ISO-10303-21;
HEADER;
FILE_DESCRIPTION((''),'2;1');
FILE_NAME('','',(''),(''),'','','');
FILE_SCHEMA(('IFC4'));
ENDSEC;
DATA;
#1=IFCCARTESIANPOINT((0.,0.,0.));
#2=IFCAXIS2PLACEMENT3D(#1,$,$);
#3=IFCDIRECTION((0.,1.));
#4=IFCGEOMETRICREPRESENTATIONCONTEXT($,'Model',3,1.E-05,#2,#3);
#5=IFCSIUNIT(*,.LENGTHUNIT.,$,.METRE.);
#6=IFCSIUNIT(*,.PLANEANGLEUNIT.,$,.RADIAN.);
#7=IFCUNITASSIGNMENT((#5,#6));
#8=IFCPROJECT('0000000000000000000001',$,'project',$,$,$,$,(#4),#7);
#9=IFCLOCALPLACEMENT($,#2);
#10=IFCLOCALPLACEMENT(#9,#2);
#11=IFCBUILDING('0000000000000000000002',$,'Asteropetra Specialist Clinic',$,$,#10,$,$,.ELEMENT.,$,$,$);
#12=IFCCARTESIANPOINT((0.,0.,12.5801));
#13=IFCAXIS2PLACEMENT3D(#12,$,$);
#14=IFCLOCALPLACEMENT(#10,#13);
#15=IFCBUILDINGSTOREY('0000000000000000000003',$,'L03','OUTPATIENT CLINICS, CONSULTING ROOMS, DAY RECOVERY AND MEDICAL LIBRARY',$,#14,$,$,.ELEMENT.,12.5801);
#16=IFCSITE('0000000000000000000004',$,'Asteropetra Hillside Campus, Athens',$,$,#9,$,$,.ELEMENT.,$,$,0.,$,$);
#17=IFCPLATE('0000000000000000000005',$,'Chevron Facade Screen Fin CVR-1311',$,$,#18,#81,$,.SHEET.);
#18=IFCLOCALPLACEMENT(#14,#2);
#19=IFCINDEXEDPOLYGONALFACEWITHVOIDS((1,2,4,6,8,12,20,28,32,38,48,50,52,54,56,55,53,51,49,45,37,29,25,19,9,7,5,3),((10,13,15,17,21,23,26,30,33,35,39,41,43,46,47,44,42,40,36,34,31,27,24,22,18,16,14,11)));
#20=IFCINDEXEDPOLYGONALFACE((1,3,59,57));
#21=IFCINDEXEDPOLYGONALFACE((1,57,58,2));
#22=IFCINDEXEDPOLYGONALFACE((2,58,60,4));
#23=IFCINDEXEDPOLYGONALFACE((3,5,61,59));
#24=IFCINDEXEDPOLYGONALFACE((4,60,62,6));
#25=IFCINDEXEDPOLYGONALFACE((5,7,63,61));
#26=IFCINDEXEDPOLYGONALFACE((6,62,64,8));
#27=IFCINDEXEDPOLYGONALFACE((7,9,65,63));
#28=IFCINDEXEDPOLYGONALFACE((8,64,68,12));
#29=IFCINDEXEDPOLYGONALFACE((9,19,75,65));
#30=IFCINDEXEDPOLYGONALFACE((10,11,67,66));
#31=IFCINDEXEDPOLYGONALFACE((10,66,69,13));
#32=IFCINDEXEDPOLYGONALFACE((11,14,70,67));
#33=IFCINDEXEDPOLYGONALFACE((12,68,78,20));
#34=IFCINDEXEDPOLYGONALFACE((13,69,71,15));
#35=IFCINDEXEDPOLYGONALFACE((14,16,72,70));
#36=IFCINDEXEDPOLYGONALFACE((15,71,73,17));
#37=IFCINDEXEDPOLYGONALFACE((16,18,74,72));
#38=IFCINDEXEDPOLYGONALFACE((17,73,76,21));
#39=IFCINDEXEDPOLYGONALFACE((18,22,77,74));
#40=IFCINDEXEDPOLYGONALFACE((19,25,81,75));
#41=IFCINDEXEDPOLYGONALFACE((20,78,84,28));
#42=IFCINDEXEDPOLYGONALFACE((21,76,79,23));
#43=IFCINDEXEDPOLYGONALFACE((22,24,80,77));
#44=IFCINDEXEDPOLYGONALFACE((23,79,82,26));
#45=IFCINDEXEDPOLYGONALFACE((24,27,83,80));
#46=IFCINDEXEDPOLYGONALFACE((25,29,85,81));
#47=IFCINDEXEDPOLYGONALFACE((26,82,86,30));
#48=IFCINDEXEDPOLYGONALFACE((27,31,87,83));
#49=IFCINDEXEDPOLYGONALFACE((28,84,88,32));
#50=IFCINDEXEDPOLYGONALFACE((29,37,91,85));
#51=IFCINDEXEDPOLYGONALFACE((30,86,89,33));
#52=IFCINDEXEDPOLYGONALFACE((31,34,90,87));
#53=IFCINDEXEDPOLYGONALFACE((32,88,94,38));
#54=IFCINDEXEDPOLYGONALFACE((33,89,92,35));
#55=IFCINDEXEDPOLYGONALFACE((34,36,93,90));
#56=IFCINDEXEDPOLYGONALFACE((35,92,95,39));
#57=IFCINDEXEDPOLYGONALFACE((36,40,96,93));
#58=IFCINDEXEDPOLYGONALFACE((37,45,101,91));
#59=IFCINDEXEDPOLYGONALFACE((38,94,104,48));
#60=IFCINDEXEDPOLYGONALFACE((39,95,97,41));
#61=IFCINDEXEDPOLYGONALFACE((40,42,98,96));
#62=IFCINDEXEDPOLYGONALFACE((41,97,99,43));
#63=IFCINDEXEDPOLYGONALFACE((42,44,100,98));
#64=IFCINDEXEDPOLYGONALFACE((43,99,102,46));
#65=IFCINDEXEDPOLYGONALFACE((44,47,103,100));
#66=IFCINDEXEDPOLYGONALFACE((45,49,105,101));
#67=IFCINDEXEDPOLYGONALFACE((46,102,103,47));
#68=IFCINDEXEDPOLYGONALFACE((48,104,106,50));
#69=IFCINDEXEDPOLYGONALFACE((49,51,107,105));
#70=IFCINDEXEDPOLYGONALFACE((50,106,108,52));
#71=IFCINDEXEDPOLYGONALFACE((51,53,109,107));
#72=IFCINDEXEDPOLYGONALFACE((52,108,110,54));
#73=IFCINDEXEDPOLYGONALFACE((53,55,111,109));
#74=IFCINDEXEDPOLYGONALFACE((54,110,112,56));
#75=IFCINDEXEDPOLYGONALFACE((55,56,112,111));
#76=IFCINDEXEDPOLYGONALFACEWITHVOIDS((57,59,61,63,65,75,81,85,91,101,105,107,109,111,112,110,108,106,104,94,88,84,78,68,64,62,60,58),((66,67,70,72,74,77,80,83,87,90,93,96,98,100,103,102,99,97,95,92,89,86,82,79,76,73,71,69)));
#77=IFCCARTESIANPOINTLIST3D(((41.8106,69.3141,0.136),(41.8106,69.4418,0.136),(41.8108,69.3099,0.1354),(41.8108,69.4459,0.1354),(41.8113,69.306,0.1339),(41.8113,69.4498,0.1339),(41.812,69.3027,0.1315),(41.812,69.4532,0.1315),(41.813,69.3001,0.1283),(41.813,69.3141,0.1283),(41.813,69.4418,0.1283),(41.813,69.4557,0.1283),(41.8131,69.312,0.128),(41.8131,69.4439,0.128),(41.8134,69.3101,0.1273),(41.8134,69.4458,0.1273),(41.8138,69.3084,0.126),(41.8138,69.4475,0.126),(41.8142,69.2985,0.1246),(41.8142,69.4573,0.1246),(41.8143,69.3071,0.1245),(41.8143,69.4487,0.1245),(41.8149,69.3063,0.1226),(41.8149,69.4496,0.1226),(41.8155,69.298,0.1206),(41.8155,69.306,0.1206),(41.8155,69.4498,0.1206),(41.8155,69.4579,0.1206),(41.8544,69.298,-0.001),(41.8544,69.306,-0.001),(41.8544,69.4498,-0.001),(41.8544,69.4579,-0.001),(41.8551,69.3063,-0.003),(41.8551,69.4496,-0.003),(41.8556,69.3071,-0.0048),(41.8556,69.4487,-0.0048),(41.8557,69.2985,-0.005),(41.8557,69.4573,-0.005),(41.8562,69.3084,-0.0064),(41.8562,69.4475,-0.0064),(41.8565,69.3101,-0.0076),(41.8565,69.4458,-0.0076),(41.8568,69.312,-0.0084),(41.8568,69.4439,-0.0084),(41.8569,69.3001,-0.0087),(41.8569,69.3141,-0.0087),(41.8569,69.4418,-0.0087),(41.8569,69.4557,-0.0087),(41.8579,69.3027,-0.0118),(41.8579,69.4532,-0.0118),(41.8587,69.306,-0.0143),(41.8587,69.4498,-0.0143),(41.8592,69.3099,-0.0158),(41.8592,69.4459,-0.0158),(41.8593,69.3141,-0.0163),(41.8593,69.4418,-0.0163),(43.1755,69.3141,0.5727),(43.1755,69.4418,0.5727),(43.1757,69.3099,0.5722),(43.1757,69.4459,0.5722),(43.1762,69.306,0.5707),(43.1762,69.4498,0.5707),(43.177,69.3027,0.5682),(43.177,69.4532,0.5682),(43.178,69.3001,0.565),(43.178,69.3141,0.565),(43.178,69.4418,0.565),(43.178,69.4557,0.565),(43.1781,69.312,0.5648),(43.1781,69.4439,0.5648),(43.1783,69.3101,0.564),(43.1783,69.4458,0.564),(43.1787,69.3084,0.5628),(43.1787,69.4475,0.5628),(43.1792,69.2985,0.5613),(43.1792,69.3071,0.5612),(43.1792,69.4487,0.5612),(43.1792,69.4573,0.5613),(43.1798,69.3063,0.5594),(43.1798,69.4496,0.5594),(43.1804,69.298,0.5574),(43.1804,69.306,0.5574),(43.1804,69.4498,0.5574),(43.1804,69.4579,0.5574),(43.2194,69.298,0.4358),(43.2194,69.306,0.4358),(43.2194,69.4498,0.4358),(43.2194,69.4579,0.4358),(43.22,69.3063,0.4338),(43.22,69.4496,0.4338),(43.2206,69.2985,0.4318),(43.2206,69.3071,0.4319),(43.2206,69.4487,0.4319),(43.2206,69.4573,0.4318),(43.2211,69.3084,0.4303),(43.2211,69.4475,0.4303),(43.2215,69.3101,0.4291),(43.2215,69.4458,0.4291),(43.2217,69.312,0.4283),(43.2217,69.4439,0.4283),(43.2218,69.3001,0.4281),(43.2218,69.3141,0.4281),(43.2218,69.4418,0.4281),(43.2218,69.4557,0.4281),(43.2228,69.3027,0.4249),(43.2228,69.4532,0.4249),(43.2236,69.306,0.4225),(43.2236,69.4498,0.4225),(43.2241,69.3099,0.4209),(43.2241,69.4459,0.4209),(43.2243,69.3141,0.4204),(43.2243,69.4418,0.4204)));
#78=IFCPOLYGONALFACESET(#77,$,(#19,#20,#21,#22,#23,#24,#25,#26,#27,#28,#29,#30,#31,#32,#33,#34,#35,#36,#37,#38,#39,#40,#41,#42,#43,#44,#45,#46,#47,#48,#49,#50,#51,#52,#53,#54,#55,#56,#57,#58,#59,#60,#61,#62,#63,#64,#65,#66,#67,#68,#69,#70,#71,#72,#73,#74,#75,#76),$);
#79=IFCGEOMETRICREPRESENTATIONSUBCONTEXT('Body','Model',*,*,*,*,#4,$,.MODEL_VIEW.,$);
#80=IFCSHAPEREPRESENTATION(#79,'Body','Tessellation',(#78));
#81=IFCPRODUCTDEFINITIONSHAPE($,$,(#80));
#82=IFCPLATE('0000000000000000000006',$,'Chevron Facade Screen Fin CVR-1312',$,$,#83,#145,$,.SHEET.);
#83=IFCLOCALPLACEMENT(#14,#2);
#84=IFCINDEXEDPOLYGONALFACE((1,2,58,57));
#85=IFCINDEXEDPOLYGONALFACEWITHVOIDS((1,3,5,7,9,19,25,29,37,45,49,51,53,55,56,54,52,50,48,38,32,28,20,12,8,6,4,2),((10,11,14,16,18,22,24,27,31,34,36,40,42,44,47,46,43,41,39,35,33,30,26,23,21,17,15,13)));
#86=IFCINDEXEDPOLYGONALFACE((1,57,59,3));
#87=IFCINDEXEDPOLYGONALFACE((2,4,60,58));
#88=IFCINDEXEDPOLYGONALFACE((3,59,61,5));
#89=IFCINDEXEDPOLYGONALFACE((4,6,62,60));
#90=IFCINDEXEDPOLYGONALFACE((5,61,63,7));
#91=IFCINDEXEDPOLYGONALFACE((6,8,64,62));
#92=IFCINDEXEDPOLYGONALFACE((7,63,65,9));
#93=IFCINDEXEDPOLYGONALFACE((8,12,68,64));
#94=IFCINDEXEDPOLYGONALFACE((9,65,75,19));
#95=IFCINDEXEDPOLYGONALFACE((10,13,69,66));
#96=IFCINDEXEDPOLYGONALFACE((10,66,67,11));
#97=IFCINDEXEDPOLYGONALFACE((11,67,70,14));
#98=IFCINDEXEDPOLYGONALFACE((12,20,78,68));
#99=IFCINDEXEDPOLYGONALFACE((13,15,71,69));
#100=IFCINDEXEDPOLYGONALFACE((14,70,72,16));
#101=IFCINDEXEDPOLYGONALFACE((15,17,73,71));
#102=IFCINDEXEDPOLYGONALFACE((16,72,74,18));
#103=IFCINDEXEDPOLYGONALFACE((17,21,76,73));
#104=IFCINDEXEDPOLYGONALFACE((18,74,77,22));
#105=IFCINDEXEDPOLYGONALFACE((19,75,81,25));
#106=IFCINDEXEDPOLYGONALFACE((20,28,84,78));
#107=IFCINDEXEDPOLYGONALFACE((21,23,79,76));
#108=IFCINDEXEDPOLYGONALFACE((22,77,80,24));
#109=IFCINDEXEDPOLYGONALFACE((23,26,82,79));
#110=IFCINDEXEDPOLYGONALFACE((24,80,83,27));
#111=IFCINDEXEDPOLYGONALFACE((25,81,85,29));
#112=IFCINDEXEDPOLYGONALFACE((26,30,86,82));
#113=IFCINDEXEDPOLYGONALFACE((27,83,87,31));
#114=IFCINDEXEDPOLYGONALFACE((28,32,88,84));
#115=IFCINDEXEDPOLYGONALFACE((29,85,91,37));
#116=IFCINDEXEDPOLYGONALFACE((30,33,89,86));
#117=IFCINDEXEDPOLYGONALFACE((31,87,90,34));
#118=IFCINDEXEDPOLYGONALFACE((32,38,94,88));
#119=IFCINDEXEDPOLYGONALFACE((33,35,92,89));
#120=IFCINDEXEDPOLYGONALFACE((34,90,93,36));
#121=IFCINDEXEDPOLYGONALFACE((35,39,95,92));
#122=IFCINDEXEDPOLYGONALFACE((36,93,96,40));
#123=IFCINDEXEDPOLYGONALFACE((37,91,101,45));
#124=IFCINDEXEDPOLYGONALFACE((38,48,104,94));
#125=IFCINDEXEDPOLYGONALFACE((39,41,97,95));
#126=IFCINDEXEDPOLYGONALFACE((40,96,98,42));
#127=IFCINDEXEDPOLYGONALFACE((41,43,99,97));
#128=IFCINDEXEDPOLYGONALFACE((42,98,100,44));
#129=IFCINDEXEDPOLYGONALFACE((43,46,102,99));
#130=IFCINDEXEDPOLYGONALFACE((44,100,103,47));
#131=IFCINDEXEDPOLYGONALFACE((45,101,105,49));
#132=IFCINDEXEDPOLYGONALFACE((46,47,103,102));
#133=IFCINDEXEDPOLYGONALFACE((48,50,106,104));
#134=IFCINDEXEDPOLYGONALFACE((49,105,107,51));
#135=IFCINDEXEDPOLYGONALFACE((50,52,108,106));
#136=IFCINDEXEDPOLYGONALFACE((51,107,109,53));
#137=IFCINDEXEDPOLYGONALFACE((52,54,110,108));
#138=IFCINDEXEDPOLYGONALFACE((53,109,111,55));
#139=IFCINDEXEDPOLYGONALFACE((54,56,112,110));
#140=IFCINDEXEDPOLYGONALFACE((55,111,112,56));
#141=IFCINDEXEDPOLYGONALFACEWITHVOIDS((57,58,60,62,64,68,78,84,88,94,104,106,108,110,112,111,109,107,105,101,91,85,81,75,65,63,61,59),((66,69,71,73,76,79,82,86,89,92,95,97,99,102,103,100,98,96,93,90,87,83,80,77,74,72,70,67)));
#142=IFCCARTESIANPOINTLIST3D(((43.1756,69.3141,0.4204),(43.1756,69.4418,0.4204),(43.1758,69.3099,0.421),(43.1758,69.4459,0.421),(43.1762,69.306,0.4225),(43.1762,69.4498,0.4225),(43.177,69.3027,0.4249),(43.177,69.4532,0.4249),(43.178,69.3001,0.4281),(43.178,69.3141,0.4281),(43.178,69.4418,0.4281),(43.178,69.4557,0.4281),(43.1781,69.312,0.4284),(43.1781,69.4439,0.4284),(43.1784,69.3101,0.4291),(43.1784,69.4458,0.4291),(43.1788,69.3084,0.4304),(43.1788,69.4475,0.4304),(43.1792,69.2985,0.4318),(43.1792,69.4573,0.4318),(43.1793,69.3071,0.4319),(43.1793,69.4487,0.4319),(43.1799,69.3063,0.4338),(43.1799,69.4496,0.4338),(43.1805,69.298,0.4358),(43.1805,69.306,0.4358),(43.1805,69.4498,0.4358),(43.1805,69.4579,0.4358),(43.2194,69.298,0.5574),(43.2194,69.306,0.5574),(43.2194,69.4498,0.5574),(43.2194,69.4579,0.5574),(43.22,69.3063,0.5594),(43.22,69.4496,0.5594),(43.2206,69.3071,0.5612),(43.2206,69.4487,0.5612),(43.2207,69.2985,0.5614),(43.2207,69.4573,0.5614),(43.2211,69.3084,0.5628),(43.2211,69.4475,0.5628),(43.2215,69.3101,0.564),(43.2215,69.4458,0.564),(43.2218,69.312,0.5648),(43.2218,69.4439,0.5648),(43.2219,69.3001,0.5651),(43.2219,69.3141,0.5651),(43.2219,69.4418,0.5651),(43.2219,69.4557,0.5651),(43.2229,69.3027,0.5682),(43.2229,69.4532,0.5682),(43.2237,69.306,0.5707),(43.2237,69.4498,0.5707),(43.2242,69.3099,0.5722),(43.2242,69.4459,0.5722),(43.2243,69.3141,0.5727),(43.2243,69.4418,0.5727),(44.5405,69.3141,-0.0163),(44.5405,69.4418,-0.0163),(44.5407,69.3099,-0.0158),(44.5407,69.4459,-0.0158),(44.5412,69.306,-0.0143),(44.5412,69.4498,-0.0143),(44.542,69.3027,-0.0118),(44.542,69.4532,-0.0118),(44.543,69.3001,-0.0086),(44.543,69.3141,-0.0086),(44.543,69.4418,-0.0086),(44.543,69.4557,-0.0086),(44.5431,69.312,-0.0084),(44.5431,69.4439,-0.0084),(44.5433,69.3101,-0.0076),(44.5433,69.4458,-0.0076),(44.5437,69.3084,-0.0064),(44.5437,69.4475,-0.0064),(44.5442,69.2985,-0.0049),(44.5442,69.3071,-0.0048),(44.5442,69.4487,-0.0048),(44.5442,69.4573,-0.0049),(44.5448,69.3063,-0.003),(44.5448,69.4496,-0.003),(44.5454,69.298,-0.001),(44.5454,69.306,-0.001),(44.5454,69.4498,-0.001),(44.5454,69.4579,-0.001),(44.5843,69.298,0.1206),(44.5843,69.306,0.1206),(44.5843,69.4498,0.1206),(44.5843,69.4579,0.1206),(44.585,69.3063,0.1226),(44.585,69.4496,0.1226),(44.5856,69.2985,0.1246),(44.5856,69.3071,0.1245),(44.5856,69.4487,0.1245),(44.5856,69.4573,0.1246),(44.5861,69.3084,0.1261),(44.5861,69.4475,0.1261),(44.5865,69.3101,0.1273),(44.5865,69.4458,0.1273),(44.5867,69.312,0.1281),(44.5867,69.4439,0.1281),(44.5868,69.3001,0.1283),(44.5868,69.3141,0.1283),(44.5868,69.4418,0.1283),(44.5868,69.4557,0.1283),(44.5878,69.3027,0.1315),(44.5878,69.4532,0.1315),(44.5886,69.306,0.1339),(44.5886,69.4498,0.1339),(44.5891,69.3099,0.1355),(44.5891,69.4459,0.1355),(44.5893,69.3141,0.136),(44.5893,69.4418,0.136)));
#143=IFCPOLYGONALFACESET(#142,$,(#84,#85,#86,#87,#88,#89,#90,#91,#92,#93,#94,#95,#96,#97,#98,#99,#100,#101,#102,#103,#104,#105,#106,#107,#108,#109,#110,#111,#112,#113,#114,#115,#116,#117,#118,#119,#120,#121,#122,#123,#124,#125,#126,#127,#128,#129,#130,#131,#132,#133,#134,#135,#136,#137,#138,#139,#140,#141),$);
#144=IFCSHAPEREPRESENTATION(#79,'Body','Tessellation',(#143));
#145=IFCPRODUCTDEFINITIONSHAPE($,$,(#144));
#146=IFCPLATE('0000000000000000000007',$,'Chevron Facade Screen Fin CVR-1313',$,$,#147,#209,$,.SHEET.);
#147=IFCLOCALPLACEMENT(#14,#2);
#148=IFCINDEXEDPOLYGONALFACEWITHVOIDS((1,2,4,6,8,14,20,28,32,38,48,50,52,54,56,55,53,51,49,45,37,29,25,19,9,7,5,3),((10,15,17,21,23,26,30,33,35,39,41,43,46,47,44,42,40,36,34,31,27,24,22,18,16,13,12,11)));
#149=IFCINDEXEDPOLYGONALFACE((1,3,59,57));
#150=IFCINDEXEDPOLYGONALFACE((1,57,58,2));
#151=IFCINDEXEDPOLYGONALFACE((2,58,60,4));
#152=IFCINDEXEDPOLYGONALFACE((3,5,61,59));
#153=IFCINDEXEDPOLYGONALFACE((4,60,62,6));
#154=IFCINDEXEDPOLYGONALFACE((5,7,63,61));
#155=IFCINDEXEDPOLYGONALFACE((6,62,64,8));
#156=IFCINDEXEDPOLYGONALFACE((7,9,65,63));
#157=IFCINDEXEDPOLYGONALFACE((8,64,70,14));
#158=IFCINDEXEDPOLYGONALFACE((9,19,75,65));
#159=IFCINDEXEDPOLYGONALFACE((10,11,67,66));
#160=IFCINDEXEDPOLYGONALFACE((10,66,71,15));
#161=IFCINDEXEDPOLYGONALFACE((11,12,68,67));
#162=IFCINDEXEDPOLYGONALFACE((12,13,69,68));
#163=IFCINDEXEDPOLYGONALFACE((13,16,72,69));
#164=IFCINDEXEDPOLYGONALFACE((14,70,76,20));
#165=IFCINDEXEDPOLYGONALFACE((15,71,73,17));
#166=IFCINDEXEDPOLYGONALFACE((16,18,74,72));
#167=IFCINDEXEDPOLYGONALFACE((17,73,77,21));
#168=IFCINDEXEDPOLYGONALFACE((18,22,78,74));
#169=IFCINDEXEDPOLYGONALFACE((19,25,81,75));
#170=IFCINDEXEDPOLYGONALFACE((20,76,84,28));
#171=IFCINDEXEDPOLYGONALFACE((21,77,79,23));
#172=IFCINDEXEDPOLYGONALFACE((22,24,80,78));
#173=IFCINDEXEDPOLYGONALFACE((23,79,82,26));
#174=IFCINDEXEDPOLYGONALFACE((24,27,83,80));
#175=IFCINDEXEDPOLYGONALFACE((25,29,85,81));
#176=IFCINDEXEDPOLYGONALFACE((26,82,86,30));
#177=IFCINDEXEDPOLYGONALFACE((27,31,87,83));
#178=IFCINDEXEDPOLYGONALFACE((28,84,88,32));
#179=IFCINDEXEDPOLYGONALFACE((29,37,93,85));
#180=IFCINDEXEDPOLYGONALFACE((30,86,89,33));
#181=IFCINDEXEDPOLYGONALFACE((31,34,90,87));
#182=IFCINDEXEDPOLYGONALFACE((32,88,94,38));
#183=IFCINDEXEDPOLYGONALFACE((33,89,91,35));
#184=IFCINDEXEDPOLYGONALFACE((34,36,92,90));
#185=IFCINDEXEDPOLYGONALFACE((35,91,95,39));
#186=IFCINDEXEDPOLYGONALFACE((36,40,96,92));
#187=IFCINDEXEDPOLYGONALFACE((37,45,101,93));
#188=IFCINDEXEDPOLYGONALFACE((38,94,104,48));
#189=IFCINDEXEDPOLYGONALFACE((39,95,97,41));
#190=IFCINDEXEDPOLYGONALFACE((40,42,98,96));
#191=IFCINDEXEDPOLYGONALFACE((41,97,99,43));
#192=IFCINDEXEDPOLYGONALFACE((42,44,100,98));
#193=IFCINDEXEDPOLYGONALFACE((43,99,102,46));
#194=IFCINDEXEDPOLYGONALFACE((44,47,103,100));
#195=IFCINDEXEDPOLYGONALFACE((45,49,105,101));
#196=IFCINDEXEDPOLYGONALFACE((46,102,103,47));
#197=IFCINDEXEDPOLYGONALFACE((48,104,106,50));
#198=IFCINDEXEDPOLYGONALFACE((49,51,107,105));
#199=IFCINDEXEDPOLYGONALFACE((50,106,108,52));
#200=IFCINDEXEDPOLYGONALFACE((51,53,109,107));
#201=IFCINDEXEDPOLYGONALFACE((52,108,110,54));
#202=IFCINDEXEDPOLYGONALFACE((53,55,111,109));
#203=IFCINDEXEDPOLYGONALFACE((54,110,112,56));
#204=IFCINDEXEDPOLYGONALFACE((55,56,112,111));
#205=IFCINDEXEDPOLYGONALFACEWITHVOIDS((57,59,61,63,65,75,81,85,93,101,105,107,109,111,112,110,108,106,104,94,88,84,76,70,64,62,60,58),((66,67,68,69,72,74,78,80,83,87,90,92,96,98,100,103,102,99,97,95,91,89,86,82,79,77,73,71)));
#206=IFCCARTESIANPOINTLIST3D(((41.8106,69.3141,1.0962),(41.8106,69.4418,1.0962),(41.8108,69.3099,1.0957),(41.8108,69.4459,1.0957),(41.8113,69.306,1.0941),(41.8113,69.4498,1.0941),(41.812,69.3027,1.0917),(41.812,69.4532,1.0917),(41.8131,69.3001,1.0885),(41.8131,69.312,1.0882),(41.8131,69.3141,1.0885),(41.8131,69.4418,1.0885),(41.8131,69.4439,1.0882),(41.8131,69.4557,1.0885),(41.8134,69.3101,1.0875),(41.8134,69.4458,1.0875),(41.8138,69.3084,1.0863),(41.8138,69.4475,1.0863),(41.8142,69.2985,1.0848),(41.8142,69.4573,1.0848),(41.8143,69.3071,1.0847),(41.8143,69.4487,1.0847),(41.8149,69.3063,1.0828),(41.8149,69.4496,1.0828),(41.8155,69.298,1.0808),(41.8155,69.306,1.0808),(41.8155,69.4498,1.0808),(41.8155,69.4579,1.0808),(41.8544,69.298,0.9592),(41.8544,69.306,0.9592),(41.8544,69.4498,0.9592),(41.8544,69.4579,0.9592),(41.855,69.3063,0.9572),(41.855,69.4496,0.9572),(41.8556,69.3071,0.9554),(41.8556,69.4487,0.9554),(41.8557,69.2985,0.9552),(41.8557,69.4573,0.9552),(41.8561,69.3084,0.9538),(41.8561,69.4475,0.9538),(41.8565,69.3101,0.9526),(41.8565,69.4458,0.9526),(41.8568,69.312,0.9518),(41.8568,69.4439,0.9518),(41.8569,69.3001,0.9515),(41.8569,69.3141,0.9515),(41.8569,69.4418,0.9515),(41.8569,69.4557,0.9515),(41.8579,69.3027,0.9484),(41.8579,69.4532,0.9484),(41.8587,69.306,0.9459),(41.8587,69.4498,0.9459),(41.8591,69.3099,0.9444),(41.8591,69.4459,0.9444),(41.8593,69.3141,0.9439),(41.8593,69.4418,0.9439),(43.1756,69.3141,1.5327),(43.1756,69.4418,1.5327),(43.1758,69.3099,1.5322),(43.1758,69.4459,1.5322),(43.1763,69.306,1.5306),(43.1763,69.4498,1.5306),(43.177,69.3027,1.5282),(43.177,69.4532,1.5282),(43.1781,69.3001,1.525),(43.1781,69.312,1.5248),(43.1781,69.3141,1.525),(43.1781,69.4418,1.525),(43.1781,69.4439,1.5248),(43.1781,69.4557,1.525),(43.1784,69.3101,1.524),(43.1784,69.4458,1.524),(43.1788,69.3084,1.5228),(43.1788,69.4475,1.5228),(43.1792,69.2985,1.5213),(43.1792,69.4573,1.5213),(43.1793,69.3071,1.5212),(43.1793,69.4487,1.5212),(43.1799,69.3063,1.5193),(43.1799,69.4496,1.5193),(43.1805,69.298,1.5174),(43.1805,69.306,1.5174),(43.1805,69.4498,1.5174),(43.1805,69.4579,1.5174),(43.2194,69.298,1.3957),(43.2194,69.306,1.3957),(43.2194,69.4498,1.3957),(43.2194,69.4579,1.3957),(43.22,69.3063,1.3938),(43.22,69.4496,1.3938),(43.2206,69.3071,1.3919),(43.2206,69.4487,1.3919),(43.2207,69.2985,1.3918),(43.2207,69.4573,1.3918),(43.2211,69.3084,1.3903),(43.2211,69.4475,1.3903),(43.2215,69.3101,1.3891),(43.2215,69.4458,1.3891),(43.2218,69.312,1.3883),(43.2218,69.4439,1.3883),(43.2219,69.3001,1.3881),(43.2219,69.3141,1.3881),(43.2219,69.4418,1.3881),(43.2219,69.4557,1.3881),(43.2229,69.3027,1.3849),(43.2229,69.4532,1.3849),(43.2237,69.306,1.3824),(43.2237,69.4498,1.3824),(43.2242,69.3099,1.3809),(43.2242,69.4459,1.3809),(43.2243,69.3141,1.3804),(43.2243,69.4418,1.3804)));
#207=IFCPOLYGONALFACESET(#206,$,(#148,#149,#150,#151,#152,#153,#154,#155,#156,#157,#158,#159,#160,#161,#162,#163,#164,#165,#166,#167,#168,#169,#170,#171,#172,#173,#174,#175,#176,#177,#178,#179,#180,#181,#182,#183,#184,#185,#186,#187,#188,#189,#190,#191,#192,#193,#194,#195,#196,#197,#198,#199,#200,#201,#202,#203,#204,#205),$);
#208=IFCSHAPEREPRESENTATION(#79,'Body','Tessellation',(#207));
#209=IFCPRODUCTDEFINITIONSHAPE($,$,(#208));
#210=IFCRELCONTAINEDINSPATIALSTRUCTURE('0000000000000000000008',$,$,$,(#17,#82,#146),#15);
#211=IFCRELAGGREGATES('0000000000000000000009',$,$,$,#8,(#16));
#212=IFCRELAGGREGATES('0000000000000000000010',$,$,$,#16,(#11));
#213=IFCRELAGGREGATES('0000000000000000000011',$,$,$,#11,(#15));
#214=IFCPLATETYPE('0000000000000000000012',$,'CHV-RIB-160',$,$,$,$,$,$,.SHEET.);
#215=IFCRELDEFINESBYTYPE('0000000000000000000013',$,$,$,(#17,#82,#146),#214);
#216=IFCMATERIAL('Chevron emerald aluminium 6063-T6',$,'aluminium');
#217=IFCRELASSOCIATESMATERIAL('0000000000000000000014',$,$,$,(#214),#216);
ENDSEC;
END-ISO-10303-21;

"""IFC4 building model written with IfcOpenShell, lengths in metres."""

from ifc_helpers import new_model, si_unit, direction, frame, origin, origin_2d, place, context, subcontext, project, spatial, hollow_rectangle, extrude, material, material_profile, profile_set, type_object, element, save


model = new_model("IFC4")

# Units and contexts
model_context = context("Model", 3, precision=1e-05, world=origin(), true_north=direction((0.0, 1.0)))
body_context = subcontext(model_context, "Body", "Model", "MODEL_VIEW")
ifc_project = project(units=[si_unit("LENGTHUNIT", "METRE"), si_unit("PLANEANGLEUNIT", "RADIAN")], contexts=[model_context])

# Site, building, storey
site_placement = place(None, origin())
site = spatial("IfcSite", under=ifc_project, at=site_placement, Name="Asteropetra Hillside Campus, Athens", CompositionType="ELEMENT", RefElevation=0.0)
building_placement = place(site_placement, origin())
building = spatial("IfcBuilding", under=site, at=building_placement, Name="Asteropetra Specialist Clinic", CompositionType="ELEMENT")
storey_placement = place(building_placement, frame((0.0, 0.0, 12.5801)))
storey = spatial("IfcBuildingStorey", under=building, at=storey_placement, Name="L03", Description="OUTPATIENT CLINICS, CONSULTING ROOMS, DAY RECOVERY AND MEDICAL LIBRARY", CompositionType="ELEMENT", Elevation=12.5801)

# Plates
ifc_material_1 = material(Name="Chevron emerald aluminium 6063-T6", Category="aluminium")
ifc_material_profile = material_profile(ifc_material_1, hollow_rectangle(XDim=0.1599, YDim=0.1599, WallThickness=0.0081, InnerFilletRadius=0.0081, OuterFilletRadius=0.0161, at=origin_2d()), Name="SHS 160x160x8.0")
ifc_profile_set = profile_set([ifc_material_profile], Name="Chevron emerald aluminium 6063-T6")
plate_type_1 = type_object("IfcPlateType", Name="CHV-RIB-160", PredefinedType="SHEET", material=ifc_profile_set)
for number, where, z_axis, x_axis, name in (
    (1, (41.835, 69.3779, 0.0598), (0.95243, 0.0, 0.304757), (0.0, 1.0, 0.0), "Chevron Facade Screen Fin CVR-1311"),
    (2, (43.2, 69.3779, 0.4966), (0.95243, 0.0, -0.304757), (0.0, 1.0, 0.0), "Chevron Facade Screen Fin CVR-1312"),
    (3, (41.835, 69.3779, 1.02), (0.95248, 0.0, 0.304603), (0.0, 1.0, 0.0), "Chevron Facade Screen Fin CVR-1313"),
):
    element("IfcPlate", number, at=place(storey_placement, frame(where, z_axis=z_axis, x_axis=x_axis)), inside=storey, type_object=plate_type_1, Name=name, PredefinedType="SHEET", context=body_context, shape_type="SweptSolid", body=[
        extrude(hollow_rectangle(XDim=0.1599, YDim=0.1599, WallThickness=0.0081, InnerFilletRadius=0.0081, OuterFilletRadius=0.0161, at=origin_2d()), origin(), (0.0, 0.0, 1.0), 1.4331),
    ])

save(model, "model.ifc")
